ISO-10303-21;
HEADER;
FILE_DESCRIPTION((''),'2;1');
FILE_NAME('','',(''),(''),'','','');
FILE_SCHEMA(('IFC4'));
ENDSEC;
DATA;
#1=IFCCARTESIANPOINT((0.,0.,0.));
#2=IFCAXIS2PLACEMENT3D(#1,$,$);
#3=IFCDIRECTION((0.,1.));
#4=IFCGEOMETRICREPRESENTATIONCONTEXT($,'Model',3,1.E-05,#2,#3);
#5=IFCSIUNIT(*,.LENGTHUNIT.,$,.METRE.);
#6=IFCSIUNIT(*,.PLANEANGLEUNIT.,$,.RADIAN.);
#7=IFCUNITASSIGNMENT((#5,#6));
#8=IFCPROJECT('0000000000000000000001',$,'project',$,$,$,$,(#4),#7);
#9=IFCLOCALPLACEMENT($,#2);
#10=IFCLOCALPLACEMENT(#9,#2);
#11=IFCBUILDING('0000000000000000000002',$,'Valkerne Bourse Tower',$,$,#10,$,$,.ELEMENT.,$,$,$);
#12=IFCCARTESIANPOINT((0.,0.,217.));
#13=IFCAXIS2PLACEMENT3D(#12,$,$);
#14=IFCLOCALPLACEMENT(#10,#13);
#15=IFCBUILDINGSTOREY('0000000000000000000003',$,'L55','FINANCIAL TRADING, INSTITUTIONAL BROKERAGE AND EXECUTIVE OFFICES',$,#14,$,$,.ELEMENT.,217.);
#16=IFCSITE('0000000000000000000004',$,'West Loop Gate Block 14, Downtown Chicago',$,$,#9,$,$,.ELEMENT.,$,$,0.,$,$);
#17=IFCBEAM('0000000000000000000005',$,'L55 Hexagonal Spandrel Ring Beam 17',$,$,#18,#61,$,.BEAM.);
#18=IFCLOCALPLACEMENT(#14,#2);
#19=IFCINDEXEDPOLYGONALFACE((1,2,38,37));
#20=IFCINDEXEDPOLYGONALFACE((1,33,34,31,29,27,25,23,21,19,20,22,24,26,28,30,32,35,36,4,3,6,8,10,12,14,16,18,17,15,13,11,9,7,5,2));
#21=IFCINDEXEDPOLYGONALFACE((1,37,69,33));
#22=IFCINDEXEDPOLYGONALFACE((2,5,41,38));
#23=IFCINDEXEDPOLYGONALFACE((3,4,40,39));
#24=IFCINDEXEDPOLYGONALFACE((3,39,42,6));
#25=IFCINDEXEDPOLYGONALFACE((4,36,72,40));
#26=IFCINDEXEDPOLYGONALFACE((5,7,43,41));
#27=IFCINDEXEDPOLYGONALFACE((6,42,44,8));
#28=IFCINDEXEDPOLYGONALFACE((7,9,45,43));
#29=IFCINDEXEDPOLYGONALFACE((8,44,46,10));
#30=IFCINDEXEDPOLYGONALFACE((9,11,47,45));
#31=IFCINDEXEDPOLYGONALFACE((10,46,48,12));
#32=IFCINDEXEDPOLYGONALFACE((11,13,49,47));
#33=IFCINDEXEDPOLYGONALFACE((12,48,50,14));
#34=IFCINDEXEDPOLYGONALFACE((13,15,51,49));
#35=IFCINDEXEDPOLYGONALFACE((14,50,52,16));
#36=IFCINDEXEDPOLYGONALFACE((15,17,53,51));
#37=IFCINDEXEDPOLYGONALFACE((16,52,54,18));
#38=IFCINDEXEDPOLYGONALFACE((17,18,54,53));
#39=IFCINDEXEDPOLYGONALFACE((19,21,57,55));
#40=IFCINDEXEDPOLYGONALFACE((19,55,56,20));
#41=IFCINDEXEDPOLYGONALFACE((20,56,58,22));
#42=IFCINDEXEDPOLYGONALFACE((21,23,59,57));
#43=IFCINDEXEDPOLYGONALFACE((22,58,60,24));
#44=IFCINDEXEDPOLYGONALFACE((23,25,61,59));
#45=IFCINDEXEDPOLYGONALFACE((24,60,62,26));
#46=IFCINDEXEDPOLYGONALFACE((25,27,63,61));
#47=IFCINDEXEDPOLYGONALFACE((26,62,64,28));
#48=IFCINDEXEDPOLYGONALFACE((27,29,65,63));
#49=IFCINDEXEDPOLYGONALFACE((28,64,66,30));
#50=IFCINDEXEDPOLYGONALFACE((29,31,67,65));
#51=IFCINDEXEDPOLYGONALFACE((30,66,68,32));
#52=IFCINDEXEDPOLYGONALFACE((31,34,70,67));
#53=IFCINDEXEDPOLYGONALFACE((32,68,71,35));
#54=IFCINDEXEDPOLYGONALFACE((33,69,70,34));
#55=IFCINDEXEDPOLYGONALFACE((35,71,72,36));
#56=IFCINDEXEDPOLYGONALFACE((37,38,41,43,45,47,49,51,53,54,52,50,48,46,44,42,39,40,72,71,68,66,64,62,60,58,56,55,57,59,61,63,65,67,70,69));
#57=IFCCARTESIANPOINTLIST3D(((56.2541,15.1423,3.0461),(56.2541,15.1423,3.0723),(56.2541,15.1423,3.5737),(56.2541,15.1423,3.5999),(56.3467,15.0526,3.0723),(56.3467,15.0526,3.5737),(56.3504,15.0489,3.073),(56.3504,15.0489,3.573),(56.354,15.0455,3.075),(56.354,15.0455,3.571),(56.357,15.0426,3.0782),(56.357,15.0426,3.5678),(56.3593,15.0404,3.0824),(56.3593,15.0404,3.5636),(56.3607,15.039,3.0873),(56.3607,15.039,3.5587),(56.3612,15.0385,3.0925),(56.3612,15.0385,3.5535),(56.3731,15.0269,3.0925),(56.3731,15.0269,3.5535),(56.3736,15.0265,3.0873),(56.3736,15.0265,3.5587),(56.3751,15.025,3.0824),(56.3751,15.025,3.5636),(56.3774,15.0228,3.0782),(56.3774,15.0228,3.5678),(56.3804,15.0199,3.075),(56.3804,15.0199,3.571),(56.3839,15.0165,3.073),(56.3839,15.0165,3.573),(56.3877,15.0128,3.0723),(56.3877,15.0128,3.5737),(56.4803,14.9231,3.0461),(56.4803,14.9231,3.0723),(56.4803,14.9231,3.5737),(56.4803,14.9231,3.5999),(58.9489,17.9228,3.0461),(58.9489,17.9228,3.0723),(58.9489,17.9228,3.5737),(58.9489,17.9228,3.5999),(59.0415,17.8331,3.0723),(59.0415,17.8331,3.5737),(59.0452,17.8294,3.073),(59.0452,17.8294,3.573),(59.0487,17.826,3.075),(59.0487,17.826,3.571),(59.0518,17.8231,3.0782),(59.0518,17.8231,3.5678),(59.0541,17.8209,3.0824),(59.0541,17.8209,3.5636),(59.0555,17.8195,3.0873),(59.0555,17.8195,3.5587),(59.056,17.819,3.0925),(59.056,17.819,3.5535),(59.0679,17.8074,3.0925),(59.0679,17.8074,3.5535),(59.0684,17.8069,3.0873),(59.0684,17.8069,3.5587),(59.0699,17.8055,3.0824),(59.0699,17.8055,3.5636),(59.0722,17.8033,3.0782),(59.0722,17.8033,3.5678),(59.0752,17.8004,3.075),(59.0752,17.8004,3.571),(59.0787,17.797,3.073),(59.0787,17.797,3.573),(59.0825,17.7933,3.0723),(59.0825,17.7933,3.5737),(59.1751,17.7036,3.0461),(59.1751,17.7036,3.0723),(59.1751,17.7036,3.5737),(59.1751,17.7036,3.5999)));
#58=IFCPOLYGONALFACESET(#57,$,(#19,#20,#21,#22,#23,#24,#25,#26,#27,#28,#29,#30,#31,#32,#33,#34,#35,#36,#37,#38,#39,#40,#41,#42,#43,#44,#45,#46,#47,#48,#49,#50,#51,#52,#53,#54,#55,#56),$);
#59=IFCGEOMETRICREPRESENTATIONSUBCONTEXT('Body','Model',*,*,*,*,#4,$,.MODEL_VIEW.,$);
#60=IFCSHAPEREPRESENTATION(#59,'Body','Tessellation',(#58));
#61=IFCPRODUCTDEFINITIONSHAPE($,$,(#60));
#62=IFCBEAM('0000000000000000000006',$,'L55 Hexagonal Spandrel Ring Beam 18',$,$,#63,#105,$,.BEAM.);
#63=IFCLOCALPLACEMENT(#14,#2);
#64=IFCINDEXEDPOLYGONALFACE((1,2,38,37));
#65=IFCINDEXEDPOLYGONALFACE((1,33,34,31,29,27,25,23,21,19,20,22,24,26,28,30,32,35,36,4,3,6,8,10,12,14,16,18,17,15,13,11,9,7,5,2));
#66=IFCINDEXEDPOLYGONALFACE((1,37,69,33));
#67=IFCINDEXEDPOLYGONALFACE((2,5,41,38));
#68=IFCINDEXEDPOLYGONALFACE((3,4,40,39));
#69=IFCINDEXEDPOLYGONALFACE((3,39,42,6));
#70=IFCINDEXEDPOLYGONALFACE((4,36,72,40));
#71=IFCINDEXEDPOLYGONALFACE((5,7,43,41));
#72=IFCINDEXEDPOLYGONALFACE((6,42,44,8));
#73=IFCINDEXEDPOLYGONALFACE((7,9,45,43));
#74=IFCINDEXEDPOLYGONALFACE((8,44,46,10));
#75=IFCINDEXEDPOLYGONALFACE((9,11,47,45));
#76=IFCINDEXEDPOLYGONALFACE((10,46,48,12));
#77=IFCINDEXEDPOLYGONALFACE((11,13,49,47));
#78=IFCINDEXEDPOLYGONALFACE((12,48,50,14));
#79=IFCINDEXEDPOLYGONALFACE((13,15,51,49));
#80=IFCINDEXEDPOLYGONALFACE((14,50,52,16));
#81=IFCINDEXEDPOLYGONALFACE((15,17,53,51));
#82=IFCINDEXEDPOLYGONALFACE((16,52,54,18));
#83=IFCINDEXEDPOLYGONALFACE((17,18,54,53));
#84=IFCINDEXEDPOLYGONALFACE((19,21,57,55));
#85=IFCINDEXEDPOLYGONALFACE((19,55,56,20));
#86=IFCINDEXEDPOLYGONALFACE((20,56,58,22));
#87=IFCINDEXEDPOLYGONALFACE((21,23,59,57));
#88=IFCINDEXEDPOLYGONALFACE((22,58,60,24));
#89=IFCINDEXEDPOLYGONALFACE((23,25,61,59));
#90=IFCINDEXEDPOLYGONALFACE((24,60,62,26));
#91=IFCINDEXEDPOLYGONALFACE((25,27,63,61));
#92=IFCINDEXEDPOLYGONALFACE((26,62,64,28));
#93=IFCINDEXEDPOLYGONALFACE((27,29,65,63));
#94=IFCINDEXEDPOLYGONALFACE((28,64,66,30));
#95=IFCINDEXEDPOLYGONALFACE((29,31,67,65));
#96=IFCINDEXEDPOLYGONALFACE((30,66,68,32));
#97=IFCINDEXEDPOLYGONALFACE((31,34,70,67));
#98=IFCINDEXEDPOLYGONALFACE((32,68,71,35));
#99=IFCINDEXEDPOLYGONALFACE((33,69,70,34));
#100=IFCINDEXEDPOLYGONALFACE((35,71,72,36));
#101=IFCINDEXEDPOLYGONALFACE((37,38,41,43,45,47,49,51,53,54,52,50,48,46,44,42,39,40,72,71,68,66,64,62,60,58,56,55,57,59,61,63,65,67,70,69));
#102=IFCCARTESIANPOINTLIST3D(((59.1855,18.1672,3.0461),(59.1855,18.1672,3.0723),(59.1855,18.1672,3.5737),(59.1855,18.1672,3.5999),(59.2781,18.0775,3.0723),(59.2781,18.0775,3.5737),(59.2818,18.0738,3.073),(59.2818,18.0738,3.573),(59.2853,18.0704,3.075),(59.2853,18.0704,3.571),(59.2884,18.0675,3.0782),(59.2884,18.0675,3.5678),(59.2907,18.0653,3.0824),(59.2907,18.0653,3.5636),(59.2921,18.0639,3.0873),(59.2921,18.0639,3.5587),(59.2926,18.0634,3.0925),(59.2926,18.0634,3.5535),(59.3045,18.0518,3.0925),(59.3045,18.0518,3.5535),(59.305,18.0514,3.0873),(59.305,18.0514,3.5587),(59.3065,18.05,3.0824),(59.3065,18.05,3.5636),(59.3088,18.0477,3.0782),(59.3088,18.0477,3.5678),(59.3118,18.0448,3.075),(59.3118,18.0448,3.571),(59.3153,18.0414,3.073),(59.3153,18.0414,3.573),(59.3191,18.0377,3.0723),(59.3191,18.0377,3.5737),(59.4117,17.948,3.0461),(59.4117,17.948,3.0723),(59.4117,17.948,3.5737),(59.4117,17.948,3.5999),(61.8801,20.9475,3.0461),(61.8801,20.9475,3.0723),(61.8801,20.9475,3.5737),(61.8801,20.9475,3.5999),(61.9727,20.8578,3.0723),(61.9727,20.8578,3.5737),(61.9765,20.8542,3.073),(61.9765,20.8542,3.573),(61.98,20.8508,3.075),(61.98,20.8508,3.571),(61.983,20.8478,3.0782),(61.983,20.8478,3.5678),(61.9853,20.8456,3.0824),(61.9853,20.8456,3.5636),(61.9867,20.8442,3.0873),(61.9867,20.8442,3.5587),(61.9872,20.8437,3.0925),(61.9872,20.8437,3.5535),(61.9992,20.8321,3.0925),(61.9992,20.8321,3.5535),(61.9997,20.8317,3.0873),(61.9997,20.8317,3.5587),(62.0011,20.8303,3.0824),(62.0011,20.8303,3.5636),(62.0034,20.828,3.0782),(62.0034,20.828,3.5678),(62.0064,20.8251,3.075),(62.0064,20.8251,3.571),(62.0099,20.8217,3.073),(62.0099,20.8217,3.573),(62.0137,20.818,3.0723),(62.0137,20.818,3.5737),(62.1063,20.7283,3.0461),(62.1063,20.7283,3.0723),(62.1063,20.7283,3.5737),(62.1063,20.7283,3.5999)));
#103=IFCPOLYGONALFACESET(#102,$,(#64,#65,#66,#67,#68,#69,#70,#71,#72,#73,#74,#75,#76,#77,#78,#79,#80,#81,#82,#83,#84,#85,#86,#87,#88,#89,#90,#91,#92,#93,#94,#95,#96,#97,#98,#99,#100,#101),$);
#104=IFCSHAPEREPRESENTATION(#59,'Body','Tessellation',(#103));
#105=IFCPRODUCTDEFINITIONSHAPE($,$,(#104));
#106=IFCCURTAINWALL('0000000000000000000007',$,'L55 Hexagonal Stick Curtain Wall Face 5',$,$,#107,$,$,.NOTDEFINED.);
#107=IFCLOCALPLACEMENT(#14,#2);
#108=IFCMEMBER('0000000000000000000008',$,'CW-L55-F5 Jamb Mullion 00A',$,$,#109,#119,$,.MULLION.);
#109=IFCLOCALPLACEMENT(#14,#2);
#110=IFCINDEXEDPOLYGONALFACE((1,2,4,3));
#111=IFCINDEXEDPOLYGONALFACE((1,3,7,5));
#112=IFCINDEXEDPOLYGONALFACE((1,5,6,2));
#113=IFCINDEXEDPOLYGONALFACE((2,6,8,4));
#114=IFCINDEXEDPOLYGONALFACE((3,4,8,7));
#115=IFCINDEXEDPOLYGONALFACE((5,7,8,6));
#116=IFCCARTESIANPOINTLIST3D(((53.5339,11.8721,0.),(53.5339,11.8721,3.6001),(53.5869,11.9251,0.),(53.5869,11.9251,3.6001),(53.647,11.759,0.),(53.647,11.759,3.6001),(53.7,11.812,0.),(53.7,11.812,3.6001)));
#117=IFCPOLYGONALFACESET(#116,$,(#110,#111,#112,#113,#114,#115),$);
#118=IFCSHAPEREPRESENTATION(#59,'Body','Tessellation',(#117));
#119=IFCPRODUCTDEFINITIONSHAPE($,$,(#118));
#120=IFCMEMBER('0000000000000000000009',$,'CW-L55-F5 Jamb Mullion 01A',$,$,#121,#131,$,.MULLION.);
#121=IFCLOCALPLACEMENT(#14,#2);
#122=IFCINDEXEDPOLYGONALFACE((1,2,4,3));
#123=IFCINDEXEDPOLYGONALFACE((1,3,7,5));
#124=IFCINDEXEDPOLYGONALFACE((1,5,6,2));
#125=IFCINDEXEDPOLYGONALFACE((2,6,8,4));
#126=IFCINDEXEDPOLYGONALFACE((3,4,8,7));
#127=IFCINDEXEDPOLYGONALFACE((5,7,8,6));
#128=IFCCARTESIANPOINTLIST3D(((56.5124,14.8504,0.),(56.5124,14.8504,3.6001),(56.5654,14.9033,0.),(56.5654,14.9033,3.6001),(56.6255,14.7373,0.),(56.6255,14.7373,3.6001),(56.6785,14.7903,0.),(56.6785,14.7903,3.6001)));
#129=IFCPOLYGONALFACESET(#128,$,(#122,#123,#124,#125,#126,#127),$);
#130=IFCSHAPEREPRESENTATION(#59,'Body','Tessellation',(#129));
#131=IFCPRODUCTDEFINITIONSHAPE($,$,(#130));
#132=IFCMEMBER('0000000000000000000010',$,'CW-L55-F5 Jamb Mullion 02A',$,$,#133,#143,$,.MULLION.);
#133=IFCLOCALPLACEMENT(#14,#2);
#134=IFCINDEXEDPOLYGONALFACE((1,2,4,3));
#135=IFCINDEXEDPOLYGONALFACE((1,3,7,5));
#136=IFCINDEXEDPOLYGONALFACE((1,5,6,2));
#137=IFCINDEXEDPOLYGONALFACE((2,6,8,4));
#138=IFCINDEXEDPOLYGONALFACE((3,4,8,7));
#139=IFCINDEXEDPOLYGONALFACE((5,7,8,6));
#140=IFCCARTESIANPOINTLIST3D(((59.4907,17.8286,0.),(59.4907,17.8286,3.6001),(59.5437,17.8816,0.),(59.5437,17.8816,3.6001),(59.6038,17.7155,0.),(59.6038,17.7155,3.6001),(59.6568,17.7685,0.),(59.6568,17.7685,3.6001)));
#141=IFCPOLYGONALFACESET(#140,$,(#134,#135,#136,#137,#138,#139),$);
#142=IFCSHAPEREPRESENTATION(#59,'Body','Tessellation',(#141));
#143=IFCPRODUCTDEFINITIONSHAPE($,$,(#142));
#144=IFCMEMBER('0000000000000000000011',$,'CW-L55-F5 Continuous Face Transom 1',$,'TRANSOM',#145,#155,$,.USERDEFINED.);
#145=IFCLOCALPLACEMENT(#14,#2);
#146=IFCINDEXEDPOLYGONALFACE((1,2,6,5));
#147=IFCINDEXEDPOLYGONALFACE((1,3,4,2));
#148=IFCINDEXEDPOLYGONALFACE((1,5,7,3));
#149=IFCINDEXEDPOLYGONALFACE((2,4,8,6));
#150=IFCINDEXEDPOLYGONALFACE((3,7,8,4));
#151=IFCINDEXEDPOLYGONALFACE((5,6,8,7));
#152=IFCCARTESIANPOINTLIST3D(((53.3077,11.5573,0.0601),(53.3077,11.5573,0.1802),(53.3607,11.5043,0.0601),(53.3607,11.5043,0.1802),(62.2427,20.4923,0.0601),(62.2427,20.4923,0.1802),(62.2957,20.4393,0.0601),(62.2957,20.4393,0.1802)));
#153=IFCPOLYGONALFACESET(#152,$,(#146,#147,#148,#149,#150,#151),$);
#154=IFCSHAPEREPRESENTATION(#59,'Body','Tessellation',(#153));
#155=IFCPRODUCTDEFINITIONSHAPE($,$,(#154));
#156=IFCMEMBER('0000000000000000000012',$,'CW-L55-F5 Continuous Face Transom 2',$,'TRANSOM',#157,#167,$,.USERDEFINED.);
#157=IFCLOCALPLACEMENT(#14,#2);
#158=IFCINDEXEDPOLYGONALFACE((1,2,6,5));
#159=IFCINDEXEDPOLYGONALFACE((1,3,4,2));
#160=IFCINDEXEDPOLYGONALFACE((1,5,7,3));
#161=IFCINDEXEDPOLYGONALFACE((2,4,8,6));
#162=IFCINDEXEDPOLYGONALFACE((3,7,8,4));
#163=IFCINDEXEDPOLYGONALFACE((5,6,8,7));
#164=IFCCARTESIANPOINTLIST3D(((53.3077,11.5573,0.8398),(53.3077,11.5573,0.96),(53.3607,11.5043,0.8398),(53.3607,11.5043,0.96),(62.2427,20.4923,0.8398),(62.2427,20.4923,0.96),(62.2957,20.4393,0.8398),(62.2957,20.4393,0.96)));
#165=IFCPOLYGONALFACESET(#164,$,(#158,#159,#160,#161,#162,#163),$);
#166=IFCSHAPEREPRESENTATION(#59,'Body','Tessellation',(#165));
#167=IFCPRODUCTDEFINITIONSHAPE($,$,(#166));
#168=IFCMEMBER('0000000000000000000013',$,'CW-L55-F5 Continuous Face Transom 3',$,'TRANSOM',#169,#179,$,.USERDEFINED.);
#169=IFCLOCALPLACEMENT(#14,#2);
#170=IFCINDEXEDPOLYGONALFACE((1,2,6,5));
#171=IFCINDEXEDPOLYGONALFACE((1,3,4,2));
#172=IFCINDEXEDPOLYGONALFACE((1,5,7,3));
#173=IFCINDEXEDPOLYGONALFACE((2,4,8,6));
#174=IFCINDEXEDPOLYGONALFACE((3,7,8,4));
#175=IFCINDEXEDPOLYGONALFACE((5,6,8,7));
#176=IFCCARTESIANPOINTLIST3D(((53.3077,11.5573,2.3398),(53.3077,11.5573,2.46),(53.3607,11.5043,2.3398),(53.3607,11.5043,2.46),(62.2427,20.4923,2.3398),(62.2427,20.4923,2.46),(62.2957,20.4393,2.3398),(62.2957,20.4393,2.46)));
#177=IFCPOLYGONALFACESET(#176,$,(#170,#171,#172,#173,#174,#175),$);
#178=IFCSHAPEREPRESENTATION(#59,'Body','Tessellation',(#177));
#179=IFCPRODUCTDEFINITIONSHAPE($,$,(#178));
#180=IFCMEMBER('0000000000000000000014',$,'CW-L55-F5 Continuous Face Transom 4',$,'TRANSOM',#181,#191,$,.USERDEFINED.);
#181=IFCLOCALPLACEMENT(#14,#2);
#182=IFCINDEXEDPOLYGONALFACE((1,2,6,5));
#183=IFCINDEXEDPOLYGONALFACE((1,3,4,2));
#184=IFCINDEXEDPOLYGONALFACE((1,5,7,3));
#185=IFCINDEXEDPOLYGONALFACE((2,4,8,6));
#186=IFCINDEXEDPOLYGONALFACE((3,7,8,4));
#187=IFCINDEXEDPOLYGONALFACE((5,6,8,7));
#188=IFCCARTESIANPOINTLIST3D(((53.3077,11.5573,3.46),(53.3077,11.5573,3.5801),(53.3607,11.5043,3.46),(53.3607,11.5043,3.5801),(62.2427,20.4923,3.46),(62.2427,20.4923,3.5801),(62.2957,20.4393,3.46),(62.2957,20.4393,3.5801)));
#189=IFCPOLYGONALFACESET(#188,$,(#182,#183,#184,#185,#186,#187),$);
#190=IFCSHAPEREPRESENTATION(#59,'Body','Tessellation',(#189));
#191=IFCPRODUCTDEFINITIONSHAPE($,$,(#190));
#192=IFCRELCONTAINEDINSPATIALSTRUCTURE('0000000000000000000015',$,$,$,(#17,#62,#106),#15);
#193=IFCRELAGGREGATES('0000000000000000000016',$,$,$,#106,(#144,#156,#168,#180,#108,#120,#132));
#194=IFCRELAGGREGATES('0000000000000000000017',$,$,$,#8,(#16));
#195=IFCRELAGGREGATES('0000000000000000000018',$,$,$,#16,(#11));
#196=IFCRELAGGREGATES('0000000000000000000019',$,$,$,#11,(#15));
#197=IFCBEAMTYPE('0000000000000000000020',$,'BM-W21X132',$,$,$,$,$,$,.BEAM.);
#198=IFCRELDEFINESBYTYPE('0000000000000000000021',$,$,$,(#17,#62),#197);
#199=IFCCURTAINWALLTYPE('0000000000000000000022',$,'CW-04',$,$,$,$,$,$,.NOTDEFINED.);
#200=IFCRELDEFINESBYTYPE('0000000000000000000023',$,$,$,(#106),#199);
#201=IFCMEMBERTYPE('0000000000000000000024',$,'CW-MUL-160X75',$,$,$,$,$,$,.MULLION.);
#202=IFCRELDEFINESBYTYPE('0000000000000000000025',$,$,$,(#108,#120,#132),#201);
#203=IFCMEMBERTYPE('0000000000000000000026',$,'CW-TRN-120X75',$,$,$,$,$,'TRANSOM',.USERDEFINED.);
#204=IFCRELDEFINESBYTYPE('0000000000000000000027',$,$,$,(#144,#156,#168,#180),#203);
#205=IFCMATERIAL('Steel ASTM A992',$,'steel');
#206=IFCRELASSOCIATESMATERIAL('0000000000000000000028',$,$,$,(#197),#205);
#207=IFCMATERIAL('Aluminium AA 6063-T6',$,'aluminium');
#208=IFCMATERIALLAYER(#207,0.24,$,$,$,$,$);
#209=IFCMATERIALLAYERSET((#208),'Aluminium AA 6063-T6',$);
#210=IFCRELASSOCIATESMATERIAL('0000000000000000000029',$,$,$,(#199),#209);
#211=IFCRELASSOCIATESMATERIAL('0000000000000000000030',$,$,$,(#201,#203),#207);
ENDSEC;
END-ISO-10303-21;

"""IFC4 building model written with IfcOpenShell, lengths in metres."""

from ifc_helpers import new_model, si_unit, direction, frame, origin, origin_2d, place, context, subcontext, project, spatial, rectangle, i_section, extrude, material, layer, layer_set, material_profile, profile_set, type_object, element, aggregate, save


model = new_model("IFC4")

# Units and contexts
model_context = context("Model", 3, precision=1e-05, world=origin(), true_north=direction((0.0, 1.0)))
body_context = subcontext(model_context, "Body", "Model", "MODEL_VIEW")
ifc_project = project(units=[si_unit("LENGTHUNIT", "METRE"), si_unit("PLANEANGLEUNIT", "RADIAN")], contexts=[model_context])

# Site, building, storey
site_placement = place(None, origin())
site = spatial("IfcSite", under=ifc_project, at=site_placement, Name="West Loop Gate Block 14, Downtown Chicago", CompositionType="ELEMENT", RefElevation=0.0)
building_placement = place(site_placement, origin())
building = spatial("IfcBuilding", under=site, at=building_placement, Name="Valkerne Bourse Tower", CompositionType="ELEMENT")
storey_placement = place(building_placement, frame((0.0, 0.0, 217.0)))
storey = spatial("IfcBuildingStorey", under=building, at=storey_placement, Name="L55", Description="FINANCIAL TRADING, INSTITUTIONAL BROKERAGE AND EXECUTIVE OFFICES", CompositionType="ELEMENT", Elevation=217.0)

# Beams
ifc_material_1 = material(Name="Steel ASTM A992", Category="steel")
ifc_material_profile_1 = material_profile(ifc_material_1, i_section(OverallWidth=0.3149, OverallDepth=0.5537, WebThickness=0.0166, FlangeThickness=0.0261, FilletRadius=0.0203, at=origin_2d()), Name="W21X132")
ifc_profile_set_1 = profile_set([ifc_material_profile_1], Name="Steel ASTM A992")
beam_type = type_object("IfcBeamType", Name="BM-W21X132", PredefinedType="BEAM", material=ifc_profile_set_1)
for number, where, z_axis, x_axis, name in (
    (1, (56.3672, 15.0327, 3.323), (0.695955, 0.718086, 0.0), (-0.718086, 0.695955, 0.0), "L55 Hexagonal Spandrel Ring Beam 17"),
):
    element("IfcBeam", number, at=place(storey_placement, frame(where, z_axis=z_axis, x_axis=x_axis)), inside=storey, type_object=beam_type, Name=name, PredefinedType="BEAM", context=body_context, shape_type="SweptSolid", body=[
        extrude(i_section(OverallWidth=0.3149, OverallDepth=0.5537, WebThickness=0.0166, FlangeThickness=0.0261, FilletRadius=0.0203, at=origin_2d()), origin(), (0.0, 0.0, 1.0), 3.8721),
    ])
beam_placement = place(storey_placement, frame((59.2986, 18.0576, 3.323), z_axis=(0.695954, 0.718087, 0.0), x_axis=(-0.718087, 0.695954, 0.0)))
element("IfcBeam", 2, at=beam_placement, inside=storey, type_object=beam_type, Name="L55 Hexagonal Spandrel Ring Beam 18", PredefinedType="BEAM", context=body_context, shape_type="SweptSolid", body=[
    extrude(i_section(OverallWidth=0.3149, OverallDepth=0.5537, WebThickness=0.0166, FlangeThickness=0.0261, FilletRadius=0.0203, at=origin_2d()), origin(), (0.0, 0.0, 1.0), 3.8718),
])

# Curtain wall, members
ifc_material_2 = material(Name="Aluminium AA 6063-T6", Category="aluminium")
ifc_layer_1 = layer(ifc_material_2, 0.24)
ifc_layer_set_1 = layer_set([ifc_layer_1], Name="Aluminium AA 6063-T6")
curtain_wall_type = type_object("IfcCurtainWallType", Name="CW-04", PredefinedType="NOTDEFINED", material=ifc_layer_set_1)
curtain_wall_placement = place(storey_placement, origin())
curtain_wall = element("IfcCurtainWall", 3, at=curtain_wall_placement, inside=storey, type_object=curtain_wall_type, Name="L55 Hexagonal Stick Curtain Wall Face 5", PredefinedType="NOTDEFINED")
ifc_material_profile_2 = material_profile(ifc_material_2, rectangle(XDim=0.075, YDim=0.1599, at=origin_2d()), Name="CWM-75X160")
ifc_profile_set_2 = profile_set([ifc_material_profile_2], Name="Aluminium AA 6063-T6")
member_type_1 = type_object("IfcMemberType", Name="CW-MUL-160X75", PredefinedType="MULLION", material=ifc_profile_set_2)
member_1_placement = place(storey_placement, frame((53.6169, 11.842, 0.0), z_axis=(0.0, 0.0, 1.0), x_axis=(0.707119, 0.707095, 0.0)))
member_1 = element("IfcMember", 4, at=member_1_placement, type_object=member_type_1, Name="CW-L55-F5 Jamb Mullion 00A", PredefinedType="MULLION", context=body_context, shape_type="SweptSolid", body=[
    extrude(rectangle(XDim=0.075, YDim=0.1599, at=origin_2d()), origin(), (0.0, 0.0, 1.0), 3.6001),
])
member_2_placement = place(storey_placement, frame((56.5955, 14.8203, 0.0), z_axis=(0.0, 0.0, 1.0), x_axis=(0.707107, 0.707107, 0.0)))
member_2 = element("IfcMember", 5, at=member_2_placement, type_object=member_type_1, Name="CW-L55-F5 Jamb Mullion 01A", PredefinedType="MULLION", context=body_context, shape_type="SweptSolid", body=[
    extrude(rectangle(XDim=0.075, YDim=0.1599, at=origin_2d()), origin(), (0.0, 0.0, 1.0), 3.6001),
])
member_3_placement = place(storey_placement, frame((59.5737, 17.7986, 0.0), z_axis=(0.0, 0.0, 1.0), x_axis=(0.707095, 0.707119, 0.0)))
member_3 = element("IfcMember", 6, at=member_3_placement, type_object=member_type_1, Name="CW-L55-F5 Jamb Mullion 02A", PredefinedType="MULLION", context=body_context, shape_type="SweptSolid", body=[
    extrude(rectangle(XDim=0.075, YDim=0.1599, at=origin_2d()), origin(), (0.0, 0.0, 1.0), 3.6001),
])
ifc_material_profile_3 = material_profile(ifc_material_2, rectangle(XDim=0.075, YDim=0.1201, at=origin_2d()), Name="CWT-75X120")
ifc_profile_set_3 = profile_set([ifc_material_profile_3], Name="Aluminium AA 6063-T6")
member_type_2 = type_object("IfcMemberType", Name="CW-TRN-120X75", ElementType="TRANSOM", PredefinedType="USERDEFINED", material=ifc_profile_set_3)
member_4_placement = place(storey_placement, frame((53.3342, 11.5308, 0.1201), z_axis=(0.707107, 0.707107, 0.0), x_axis=(-0.707107, 0.707107, 0.0)))
member_4 = element("IfcMember", 7, at=member_4_placement, type_object=member_type_2, Name="CW-L55-F5 Continuous Face Transom 1", ObjectType="TRANSOM", PredefinedType="USERDEFINED", context=body_context, shape_type="SweptSolid", body=[
    extrude(rectangle(XDim=0.075, YDim=0.1201, at=origin_2d()), origin(), (0.0, 0.0, 1.0), 12.636),
])
member_5_placement = place(storey_placement, frame((53.3342, 11.5308, 0.8999), z_axis=(0.707107, 0.707107, 0.0), x_axis=(-0.707107, 0.707107, 0.0)))
member_5 = element("IfcMember", 8, at=member_5_placement, type_object=member_type_2, Name="CW-L55-F5 Continuous Face Transom 2", ObjectType="TRANSOM", PredefinedType="USERDEFINED", context=body_context, shape_type="SweptSolid", body=[
    extrude(rectangle(XDim=0.075, YDim=0.1201, at=origin_2d()), origin(), (0.0, 0.0, 1.0), 12.636),
])
member_6_placement = place(storey_placement, frame((53.3342, 11.5308, 2.3999), z_axis=(0.707107, 0.707107, 0.0), x_axis=(-0.707107, 0.707107, 0.0)))
member_6 = element("IfcMember", 9, at=member_6_placement, type_object=member_type_2, Name="CW-L55-F5 Continuous Face Transom 3", ObjectType="TRANSOM", PredefinedType="USERDEFINED", context=body_context, shape_type="SweptSolid", body=[
    extrude(rectangle(XDim=0.075, YDim=0.1201, at=origin_2d()), origin(), (0.0, 0.0, 1.0), 12.636),
])
member_7_placement = place(storey_placement, frame((53.3342, 11.5308, 3.52), z_axis=(0.707107, 0.707107, 0.0), x_axis=(-0.707107, 0.707107, 0.0)))
member_7 = element("IfcMember", 10, at=member_7_placement, type_object=member_type_2, Name="CW-L55-F5 Continuous Face Transom 4", ObjectType="TRANSOM", PredefinedType="USERDEFINED", context=body_context, shape_type="SweptSolid", body=[
    extrude(rectangle(XDim=0.075, YDim=0.1201, at=origin_2d()), origin(), (0.0, 0.0, 1.0), 12.636),
])

aggregate(curtain_wall, [member_4, member_5, member_6, member_7, member_1, member_2, member_3])

save(model, "model.ifc")
